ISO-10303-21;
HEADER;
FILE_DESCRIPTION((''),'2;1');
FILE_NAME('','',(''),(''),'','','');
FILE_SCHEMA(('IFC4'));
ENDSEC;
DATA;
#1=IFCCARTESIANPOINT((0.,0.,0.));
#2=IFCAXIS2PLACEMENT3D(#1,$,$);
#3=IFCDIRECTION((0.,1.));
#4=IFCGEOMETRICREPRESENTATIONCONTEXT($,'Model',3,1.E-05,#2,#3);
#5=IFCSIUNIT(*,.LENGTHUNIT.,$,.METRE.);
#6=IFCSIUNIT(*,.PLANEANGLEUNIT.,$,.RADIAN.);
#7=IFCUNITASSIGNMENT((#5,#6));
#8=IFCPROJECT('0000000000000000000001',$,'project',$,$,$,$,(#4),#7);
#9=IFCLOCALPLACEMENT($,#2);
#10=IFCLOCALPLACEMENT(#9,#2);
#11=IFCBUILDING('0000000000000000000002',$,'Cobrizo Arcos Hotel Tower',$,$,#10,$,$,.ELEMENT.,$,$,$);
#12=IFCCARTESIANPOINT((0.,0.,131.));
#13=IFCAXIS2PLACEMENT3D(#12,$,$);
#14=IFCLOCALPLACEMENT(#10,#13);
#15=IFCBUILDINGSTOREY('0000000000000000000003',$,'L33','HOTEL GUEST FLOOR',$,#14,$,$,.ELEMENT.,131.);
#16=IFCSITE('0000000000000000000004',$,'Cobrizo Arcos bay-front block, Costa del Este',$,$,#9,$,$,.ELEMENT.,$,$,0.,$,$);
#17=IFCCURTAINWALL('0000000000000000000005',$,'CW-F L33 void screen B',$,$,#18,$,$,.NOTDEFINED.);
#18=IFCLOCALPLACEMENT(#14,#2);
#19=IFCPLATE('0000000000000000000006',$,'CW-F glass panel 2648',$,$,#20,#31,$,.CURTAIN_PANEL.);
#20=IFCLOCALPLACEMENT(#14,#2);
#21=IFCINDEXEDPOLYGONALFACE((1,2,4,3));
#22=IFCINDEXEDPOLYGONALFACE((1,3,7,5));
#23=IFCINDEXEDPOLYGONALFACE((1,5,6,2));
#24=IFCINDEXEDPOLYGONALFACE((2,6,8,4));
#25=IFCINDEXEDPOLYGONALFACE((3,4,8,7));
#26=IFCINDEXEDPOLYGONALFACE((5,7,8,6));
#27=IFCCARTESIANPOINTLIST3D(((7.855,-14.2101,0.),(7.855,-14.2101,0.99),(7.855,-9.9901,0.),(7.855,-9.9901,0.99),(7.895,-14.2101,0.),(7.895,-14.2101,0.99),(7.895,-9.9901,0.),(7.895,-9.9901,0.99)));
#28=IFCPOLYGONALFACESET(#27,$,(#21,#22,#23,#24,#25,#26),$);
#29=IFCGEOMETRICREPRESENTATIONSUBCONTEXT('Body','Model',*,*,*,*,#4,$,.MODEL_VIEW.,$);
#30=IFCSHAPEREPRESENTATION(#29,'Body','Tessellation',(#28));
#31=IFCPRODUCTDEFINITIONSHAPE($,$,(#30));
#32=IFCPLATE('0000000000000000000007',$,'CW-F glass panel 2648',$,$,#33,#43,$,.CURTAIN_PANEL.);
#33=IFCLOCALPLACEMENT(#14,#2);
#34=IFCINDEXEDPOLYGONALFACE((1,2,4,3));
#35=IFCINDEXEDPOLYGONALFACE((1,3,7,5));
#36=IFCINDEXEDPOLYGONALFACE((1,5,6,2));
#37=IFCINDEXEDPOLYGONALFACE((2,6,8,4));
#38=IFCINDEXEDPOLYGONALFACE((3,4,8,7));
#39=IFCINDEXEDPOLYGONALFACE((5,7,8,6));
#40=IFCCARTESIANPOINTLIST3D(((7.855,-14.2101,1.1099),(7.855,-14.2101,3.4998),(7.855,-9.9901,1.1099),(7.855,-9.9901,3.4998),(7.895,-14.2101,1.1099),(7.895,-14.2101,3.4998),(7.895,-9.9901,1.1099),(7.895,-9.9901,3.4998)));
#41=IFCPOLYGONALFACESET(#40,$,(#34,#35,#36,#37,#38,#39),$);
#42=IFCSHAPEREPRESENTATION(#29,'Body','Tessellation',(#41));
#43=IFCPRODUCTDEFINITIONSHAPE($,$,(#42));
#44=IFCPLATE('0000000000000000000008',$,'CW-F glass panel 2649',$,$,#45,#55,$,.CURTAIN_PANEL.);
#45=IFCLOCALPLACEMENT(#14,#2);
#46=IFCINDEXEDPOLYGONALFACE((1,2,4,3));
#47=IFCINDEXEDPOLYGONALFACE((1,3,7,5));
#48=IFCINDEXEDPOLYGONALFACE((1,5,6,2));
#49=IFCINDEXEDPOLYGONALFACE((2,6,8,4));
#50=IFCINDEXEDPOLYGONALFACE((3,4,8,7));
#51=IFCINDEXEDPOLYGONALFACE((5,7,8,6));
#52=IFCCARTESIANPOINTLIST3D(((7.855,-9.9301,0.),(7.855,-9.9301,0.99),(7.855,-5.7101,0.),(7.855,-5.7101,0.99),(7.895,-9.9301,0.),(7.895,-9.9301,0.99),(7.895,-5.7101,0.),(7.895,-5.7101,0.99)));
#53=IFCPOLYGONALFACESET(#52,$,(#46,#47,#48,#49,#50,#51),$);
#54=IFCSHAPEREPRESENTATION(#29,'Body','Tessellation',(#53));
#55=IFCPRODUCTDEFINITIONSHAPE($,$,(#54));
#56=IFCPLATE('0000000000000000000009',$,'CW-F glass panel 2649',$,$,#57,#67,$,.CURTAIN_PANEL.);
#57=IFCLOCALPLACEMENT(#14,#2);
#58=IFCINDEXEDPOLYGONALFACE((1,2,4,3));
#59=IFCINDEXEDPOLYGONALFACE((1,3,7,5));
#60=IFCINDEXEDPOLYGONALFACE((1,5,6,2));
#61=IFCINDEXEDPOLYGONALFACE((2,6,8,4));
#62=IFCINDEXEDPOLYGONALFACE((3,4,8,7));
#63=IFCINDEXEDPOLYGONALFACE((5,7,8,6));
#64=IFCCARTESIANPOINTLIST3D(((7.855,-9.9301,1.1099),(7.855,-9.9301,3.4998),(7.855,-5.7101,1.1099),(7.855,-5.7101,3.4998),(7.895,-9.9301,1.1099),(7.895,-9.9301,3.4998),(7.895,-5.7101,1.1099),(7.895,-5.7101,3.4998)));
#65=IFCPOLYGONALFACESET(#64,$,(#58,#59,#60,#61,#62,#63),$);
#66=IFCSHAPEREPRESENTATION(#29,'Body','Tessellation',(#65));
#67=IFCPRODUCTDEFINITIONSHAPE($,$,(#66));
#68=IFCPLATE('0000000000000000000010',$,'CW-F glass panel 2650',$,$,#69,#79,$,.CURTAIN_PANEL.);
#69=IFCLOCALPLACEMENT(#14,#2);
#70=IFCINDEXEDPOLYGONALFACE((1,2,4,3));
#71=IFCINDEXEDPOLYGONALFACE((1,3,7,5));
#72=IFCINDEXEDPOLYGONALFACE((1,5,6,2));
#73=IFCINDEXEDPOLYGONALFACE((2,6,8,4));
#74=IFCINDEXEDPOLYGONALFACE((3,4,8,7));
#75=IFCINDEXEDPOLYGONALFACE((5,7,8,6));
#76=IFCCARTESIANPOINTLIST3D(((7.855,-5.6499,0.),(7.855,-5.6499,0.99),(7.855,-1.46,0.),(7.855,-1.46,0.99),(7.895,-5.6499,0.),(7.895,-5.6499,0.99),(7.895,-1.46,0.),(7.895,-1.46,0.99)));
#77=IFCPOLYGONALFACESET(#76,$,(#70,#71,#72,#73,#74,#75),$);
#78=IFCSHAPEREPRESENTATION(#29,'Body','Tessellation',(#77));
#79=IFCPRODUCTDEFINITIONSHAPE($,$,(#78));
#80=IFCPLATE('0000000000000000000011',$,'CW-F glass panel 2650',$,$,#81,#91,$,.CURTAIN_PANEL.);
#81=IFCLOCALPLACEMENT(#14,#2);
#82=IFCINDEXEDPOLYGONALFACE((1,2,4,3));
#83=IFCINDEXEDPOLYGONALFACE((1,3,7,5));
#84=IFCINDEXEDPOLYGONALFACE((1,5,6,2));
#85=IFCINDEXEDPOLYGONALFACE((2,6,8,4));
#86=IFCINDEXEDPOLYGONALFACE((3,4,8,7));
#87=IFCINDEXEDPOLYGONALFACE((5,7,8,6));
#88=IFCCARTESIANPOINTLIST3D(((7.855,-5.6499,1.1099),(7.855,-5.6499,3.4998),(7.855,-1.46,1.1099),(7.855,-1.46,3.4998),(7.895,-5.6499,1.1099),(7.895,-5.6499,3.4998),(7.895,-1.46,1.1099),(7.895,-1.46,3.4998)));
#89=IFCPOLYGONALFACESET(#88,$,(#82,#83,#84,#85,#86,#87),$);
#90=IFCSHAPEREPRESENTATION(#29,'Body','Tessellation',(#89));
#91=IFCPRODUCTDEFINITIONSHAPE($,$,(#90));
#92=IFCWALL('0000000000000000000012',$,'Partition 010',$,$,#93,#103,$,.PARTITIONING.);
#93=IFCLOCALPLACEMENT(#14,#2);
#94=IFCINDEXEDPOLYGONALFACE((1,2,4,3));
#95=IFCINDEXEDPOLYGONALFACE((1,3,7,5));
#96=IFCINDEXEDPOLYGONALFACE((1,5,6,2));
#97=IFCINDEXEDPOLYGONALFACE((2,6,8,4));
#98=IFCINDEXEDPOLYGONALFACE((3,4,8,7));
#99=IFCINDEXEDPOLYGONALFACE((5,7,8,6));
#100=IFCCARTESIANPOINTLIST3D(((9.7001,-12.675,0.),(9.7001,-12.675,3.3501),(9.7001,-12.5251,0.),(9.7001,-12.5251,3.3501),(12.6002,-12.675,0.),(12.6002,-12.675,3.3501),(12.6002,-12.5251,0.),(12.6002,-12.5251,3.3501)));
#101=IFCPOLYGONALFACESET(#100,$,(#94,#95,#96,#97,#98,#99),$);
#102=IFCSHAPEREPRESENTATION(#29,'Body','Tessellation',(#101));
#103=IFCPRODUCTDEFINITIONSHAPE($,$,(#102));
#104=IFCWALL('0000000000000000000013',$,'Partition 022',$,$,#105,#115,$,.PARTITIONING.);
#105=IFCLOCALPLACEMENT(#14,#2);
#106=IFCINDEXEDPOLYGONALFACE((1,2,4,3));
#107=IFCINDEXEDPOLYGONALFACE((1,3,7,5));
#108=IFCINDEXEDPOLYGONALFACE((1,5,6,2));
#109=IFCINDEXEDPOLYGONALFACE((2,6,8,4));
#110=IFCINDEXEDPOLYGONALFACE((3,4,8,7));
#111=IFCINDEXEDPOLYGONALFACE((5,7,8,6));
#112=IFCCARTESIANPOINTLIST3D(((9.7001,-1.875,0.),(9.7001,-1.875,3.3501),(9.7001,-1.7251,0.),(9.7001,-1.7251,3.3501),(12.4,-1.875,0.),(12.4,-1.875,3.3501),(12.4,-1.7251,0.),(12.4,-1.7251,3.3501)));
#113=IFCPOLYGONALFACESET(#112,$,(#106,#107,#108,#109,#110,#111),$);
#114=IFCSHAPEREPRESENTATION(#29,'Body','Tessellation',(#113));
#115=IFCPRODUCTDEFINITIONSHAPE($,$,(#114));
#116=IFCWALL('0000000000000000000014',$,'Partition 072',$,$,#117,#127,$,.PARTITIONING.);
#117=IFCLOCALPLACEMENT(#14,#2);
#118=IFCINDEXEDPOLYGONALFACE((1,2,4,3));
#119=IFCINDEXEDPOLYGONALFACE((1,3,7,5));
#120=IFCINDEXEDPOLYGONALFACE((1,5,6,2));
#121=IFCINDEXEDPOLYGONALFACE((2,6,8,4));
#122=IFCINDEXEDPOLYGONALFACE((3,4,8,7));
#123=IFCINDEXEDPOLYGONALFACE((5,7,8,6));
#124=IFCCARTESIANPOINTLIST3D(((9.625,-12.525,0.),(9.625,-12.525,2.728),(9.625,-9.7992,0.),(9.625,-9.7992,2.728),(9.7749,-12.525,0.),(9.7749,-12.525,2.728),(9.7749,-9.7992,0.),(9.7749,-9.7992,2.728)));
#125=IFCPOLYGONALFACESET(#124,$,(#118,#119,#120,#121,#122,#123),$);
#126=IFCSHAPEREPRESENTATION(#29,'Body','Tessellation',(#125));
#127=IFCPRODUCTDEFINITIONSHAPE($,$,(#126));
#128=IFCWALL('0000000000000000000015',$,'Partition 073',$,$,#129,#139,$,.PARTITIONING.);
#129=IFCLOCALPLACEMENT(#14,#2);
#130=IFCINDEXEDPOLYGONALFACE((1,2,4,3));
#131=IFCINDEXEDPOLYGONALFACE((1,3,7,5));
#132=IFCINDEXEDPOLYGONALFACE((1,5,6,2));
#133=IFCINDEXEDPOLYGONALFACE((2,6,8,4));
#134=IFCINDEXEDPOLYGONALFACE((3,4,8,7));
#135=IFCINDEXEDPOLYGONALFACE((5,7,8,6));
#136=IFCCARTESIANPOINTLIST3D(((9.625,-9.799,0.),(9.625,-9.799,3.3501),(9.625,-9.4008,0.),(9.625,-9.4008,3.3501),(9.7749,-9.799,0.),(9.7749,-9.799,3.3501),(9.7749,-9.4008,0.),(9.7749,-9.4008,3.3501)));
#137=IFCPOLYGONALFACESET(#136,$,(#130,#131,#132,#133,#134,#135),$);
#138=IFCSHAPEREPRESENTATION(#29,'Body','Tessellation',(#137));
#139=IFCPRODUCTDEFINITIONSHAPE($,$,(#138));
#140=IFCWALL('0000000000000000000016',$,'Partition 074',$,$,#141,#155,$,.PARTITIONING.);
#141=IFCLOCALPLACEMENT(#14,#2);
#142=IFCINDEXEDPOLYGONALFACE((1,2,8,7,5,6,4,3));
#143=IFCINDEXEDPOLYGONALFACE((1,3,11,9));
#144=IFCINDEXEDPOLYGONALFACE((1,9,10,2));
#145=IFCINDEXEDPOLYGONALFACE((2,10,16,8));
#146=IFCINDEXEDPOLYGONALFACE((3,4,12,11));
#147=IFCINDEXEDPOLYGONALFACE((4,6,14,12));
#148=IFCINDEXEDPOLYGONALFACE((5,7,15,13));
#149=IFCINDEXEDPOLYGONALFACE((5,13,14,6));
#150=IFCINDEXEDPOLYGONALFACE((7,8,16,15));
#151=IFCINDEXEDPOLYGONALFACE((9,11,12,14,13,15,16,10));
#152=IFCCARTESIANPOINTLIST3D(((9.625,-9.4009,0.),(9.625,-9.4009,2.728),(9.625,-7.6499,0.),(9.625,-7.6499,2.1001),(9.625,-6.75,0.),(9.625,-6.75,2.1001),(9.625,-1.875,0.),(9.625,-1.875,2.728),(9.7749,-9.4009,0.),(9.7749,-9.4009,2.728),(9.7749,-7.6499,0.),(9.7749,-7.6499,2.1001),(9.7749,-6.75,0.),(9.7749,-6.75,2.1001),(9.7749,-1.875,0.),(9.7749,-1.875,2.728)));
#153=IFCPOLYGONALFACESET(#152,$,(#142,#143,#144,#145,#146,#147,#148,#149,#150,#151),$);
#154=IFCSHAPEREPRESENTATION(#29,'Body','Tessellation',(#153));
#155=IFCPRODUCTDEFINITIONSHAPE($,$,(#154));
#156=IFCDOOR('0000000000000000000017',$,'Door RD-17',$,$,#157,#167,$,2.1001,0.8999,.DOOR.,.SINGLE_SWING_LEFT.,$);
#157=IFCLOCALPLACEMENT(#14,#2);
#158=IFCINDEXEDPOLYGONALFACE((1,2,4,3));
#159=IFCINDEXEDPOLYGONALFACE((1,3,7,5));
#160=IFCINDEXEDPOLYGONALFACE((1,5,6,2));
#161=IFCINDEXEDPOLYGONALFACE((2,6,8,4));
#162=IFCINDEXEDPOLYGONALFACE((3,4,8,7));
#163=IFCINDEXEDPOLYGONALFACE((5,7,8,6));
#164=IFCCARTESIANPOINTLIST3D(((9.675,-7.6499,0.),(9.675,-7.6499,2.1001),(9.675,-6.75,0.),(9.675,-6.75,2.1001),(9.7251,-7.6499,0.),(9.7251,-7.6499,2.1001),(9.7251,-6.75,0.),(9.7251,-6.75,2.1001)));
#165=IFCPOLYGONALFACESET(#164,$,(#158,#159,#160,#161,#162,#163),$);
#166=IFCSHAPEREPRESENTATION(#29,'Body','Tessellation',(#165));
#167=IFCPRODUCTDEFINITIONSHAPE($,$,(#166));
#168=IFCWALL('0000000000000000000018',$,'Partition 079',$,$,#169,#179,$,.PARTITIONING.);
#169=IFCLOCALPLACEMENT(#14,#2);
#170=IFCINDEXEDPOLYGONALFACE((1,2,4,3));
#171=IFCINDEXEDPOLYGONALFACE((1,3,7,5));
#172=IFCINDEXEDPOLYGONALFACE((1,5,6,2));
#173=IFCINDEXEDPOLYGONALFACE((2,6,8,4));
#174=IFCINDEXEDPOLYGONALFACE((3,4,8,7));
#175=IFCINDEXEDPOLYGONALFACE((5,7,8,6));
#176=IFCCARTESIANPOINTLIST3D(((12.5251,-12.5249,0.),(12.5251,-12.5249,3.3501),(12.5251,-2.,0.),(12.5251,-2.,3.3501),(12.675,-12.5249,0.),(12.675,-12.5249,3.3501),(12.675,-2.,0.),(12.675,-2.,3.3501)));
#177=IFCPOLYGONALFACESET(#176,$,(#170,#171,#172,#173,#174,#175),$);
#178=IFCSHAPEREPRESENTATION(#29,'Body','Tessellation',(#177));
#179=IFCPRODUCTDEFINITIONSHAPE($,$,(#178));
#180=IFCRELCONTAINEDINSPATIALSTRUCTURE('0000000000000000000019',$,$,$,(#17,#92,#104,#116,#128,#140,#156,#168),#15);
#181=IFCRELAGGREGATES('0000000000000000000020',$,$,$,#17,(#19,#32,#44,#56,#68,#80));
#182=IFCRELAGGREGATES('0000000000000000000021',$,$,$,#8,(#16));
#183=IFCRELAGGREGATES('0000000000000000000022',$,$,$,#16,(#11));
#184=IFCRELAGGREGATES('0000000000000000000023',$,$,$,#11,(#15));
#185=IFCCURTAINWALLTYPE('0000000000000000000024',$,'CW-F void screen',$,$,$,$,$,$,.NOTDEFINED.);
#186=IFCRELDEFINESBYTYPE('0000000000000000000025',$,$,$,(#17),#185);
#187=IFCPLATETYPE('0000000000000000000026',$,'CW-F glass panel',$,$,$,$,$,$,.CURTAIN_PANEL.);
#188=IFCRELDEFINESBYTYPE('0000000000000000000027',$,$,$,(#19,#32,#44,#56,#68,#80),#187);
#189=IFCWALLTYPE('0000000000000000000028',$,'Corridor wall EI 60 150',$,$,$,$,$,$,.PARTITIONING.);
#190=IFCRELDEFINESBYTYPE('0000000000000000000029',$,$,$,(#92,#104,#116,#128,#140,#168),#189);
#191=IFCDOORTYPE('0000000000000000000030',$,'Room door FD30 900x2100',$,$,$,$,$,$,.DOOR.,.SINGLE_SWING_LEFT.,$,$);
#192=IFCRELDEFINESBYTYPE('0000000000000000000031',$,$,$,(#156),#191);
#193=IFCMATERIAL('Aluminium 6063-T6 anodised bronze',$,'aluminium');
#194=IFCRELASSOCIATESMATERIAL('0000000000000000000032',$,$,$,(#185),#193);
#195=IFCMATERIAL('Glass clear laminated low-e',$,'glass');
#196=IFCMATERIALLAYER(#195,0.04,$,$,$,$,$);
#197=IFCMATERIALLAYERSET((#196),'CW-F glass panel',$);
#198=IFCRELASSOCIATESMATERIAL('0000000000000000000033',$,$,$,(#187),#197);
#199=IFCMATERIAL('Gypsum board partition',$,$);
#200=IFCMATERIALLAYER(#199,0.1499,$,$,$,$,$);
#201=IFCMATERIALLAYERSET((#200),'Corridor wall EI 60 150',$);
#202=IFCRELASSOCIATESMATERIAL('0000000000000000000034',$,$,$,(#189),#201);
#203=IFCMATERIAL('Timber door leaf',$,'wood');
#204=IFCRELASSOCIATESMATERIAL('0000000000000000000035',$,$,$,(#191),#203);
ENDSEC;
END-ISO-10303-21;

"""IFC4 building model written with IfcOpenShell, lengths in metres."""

from ifc_helpers import new_model, si_unit, direction, frame, frame_2d, origin, origin_2d, place, context, subcontext, project, spatial, rectangle, extrude, material, layer, layer_set, type_object, element, fill, aggregate, save


model = new_model("IFC4")

# Units and contexts
model_context = context("Model", 3, precision=1e-05, world=origin(), true_north=direction((0.0, 1.0)))
body_context = subcontext(model_context, "Body", "Model", "MODEL_VIEW")
ifc_project = project(units=[si_unit("LENGTHUNIT", "METRE"), si_unit("PLANEANGLEUNIT", "RADIAN")], contexts=[model_context])

# Site, building, storey
site_placement = place(None, origin())
site = spatial("IfcSite", under=ifc_project, at=site_placement, Name="Cobrizo Arcos bay-front block, Costa del Este", CompositionType="ELEMENT", RefElevation=0.0)
building_placement = place(site_placement, origin())
building = spatial("IfcBuilding", under=site, at=building_placement, Name="Cobrizo Arcos Hotel Tower", CompositionType="ELEMENT")
storey_placement = place(building_placement, frame((0.0, 0.0, 131.0)))
storey = spatial("IfcBuildingStorey", under=building, at=storey_placement, Name="L33", Description="HOTEL GUEST FLOOR", CompositionType="ELEMENT", Elevation=131.0)

# Curtain wall
ifc_material_1 = material(Name="Aluminium 6063-T6 anodised bronze", Category="aluminium")
curtain_wall_type = type_object("IfcCurtainWallType", Name="CW-F void screen", PredefinedType="NOTDEFINED", material=ifc_material_1)
curtain_wall_placement = place(storey_placement, origin())
curtain_wall = element("IfcCurtainWall", 1, at=curtain_wall_placement, inside=storey, type_object=curtain_wall_type, Name="CW-F L33 void screen B", PredefinedType="NOTDEFINED")

# Plates
ifc_material_2 = material(Name="Glass clear laminated low-e", Category="glass")
ifc_layer_1 = layer(ifc_material_2, 0.04)
ifc_layer_set_1 = layer_set([ifc_layer_1], Name="CW-F glass panel")
plate_type = type_object("IfcPlateType", Name="CW-F glass panel", PredefinedType="CURTAIN_PANEL", material=ifc_layer_set_1)
plate_1_placement = place(storey_placement, frame((7.875, -12.1001, 0.0), z_axis=(0.0, 0.0, 1.0), x_axis=(0.0, 1.0, 0.0)))
plate_1 = element("IfcPlate", 2, at=plate_1_placement, type_object=plate_type, Name="CW-F glass panel 2648", PredefinedType="CURTAIN_PANEL", context=body_context, shape_type="SweptSolid", body=[
    extrude(rectangle(XDim=4.22, YDim=0.04, at=origin_2d()), origin(), (0.0, 0.0, 1.0), 0.99),
])
plate_2_placement = place(storey_placement, frame((7.875, -12.1001, 1.1099), z_axis=(0.0, 0.0, 1.0), x_axis=(0.0, 1.0, 0.0)))
plate_2 = element("IfcPlate", 3, at=plate_2_placement, type_object=plate_type, Name="CW-F glass panel 2648", PredefinedType="CURTAIN_PANEL", context=body_context, shape_type="SweptSolid", body=[
    extrude(rectangle(XDim=4.22, YDim=0.04, at=origin_2d()), origin(), (0.0, 0.0, 1.0), 2.3899),
])
plate_3_placement = place(storey_placement, frame((7.875, -7.8201, 0.0), z_axis=(0.0, 0.0, 1.0), x_axis=(0.0, 1.0, 0.0)))
plate_3 = element("IfcPlate", 4, at=plate_3_placement, type_object=plate_type, Name="CW-F glass panel 2649", PredefinedType="CURTAIN_PANEL", context=body_context, shape_type="SweptSolid", body=[
    extrude(rectangle(XDim=4.22, YDim=0.04, at=origin_2d()), origin(), (0.0, 0.0, 1.0), 0.99),
])
plate_4_placement = place(storey_placement, frame((7.875, -7.8201, 1.1099), z_axis=(0.0, 0.0, 1.0), x_axis=(0.0, 1.0, 0.0)))
plate_4 = element("IfcPlate", 5, at=plate_4_placement, type_object=plate_type, Name="CW-F glass panel 2649", PredefinedType="CURTAIN_PANEL", context=body_context, shape_type="SweptSolid", body=[
    extrude(rectangle(XDim=4.22, YDim=0.04, at=origin_2d()), origin(), (0.0, 0.0, 1.0), 2.3899),
])
plate_5_placement = place(storey_placement, frame((7.875, -3.5549, 0.0), z_axis=(0.0, 0.0, 1.0), x_axis=(0.0, 1.0, 0.0)))
plate_5 = element("IfcPlate", 6, at=plate_5_placement, type_object=plate_type, Name="CW-F glass panel 2650", PredefinedType="CURTAIN_PANEL", context=body_context, shape_type="SweptSolid", body=[
    extrude(rectangle(XDim=4.1899, YDim=0.04, at=origin_2d()), origin(), (0.0, 0.0, 1.0), 0.99),
])
plate_6_placement = place(storey_placement, frame((7.875, -3.5549, 1.1099), z_axis=(0.0, 0.0, 1.0), x_axis=(0.0, 1.0, 0.0)))
plate_6 = element("IfcPlate", 7, at=plate_6_placement, type_object=plate_type, Name="CW-F glass panel 2650", PredefinedType="CURTAIN_PANEL", context=body_context, shape_type="SweptSolid", body=[
    extrude(rectangle(XDim=4.1899, YDim=0.04, at=origin_2d()), origin(), (0.0, 0.0, 1.0), 2.3899),
])
aggregate(curtain_wall, [plate_1, plate_2, plate_3, plate_4, plate_5, plate_6])

# Walls
ifc_material_3 = material(Name="Gypsum board partition")
ifc_layer_2 = layer(ifc_material_3, 0.1499)
ifc_layer_set_2 = layer_set([ifc_layer_2], Name="Corridor wall EI 60 150")
wall_type_1 = type_object("IfcWallType", Name="Corridor wall EI 60 150", PredefinedType="PARTITIONING", material=ifc_layer_set_2)
wall_1_placement = place(storey_placement, frame((9.7, -12.6001, 0.0), z_axis=(0.0, 0.0, 1.0), x_axis=(1.0, 0.0, 0.0)))
element("IfcWall", 8, at=wall_1_placement, inside=storey, type_object=wall_type_1, Name="Partition 010", PredefinedType="PARTITIONING", context=body_context, shape_type="SweptSolid", body=[
    extrude(rectangle(XDim=2.9001, YDim=0.1499, at=frame_2d((1.4502, 0.0))), origin(), (0.0, 0.0, 1.0), 3.3501),
])
wall_2_placement = place(storey_placement, frame((9.7, -1.8, 0.0), z_axis=(0.0, 0.0, 1.0), x_axis=(1.0, 0.0, 0.0)))
element("IfcWall", 9, at=wall_2_placement, inside=storey, type_object=wall_type_1, Name="Partition 022", PredefinedType="PARTITIONING", context=body_context, shape_type="SweptSolid", body=[
    extrude(rectangle(XDim=2.7, YDim=0.1499, at=frame_2d((1.3501, 0.0))), origin(), (0.0, 0.0, 1.0), 3.3501),
])
wall_3_placement = place(storey_placement, frame((9.7, -12.5249, 0.0), z_axis=(0.0, 0.0, 1.0), x_axis=(0.0, 1.0, 0.0)))
element("IfcWall", 10, at=wall_3_placement, inside=storey, type_object=wall_type_1, Name="Partition 072", PredefinedType="PARTITIONING", context=body_context, shape_type="SweptSolid", body=[
    extrude(rectangle(XDim=2.7258, YDim=0.1499, at=frame_2d((1.3628, 0.0))), origin(), (0.0, 0.0, 1.0), 2.728),
])
wall_4_placement = place(storey_placement, frame((9.7, -9.7991, 0.0), z_axis=(0.0, 0.0, 1.0), x_axis=(0.0, 1.0, 0.0)))
element("IfcWall", 11, at=wall_4_placement, inside=storey, type_object=wall_type_1, Name="Partition 073", PredefinedType="PARTITIONING", context=body_context, shape_type="SweptSolid", body=[
    extrude(rectangle(XDim=0.3982, YDim=0.1499, at=frame_2d((0.1992, 0.0))), origin(), (0.0, 0.0, 1.0), 3.3501),
])

# Wall, opening, door
wall_5_placement = place(storey_placement, frame((9.7, -9.4009, 0.0), z_axis=(0.0, 0.0, 1.0), x_axis=(0.0, 1.0, 0.0)))
wall_5 = element("IfcWall", 12, at=wall_5_placement, inside=storey, type_object=wall_type_1, Name="Partition 074", PredefinedType="PARTITIONING", context=body_context, shape_type="SweptSolid", body=[
    extrude(rectangle(XDim=7.5259, YDim=0.1499, at=frame_2d((3.7629, 0.0))), origin(), (0.0, 0.0, 1.0), 2.728),
])
opening_1_placement = place(wall_5_placement, frame((1.751, 0.0, 0.0)))
opening_1 = element("IfcOpeningElement", 13, at=opening_1_placement, cuts=wall_5, PredefinedType="OPENING", context=body_context, shape_type="SweptSolid", body=[
    extrude(rectangle(XDim=0.8999, YDim=2.1001, at=frame_2d((0.45, 1.05))), frame((0.0, 0.0869, 0.0), z_axis=(0.0, -1.0, 0.0), x_axis=(1.0, 0.0, 0.0)), (0.0, 0.0, 1.0), 0.1738),
])
ifc_material_4 = material(Name="Timber door leaf", Category="wood")
door_type_1 = type_object("IfcDoorType", Name="Room door FD30 900x2100", OperationType="SINGLE_SWING_LEFT", PredefinedType="DOOR", material=ifc_material_4)
door_1_placement = place(opening_1_placement, origin())
door_1 = element("IfcDoor", 14, at=door_1_placement, inside=storey, type_object=door_type_1, Name="Door RD-17", OperationType="SINGLE_SWING_LEFT", OverallHeight=2.1001, OverallWidth=0.8999, PredefinedType="DOOR", context=body_context, shape_type="SweptSolid", body=[
    extrude(rectangle(XDim=0.8999, YDim=2.1001, at=frame_2d((0.45, 1.05))), frame((0.0, 0.0249, 0.0), z_axis=(0.0, -1.0, 0.0), x_axis=(1.0, 0.0, 0.0)), (0.0, 0.0, 1.0), 0.05),
])
fill(opening_1, door_1)

# Wall
wall_6_placement = place(storey_placement, frame((12.6001, -12.5249, 0.0), z_axis=(0.0, 0.0, 1.0), x_axis=(0.0, 1.0, 0.0)))
element("IfcWall", 15, at=wall_6_placement, inside=storey, type_object=wall_type_1, Name="Partition 079", PredefinedType="PARTITIONING", context=body_context, shape_type="SweptSolid", body=[
    extrude(rectangle(XDim=10.5249, YDim=0.1499, at=frame_2d((5.2625, 0.0))), origin(), (0.0, 0.0, 1.0), 3.3501),
])

save(model, "model.ifc")
